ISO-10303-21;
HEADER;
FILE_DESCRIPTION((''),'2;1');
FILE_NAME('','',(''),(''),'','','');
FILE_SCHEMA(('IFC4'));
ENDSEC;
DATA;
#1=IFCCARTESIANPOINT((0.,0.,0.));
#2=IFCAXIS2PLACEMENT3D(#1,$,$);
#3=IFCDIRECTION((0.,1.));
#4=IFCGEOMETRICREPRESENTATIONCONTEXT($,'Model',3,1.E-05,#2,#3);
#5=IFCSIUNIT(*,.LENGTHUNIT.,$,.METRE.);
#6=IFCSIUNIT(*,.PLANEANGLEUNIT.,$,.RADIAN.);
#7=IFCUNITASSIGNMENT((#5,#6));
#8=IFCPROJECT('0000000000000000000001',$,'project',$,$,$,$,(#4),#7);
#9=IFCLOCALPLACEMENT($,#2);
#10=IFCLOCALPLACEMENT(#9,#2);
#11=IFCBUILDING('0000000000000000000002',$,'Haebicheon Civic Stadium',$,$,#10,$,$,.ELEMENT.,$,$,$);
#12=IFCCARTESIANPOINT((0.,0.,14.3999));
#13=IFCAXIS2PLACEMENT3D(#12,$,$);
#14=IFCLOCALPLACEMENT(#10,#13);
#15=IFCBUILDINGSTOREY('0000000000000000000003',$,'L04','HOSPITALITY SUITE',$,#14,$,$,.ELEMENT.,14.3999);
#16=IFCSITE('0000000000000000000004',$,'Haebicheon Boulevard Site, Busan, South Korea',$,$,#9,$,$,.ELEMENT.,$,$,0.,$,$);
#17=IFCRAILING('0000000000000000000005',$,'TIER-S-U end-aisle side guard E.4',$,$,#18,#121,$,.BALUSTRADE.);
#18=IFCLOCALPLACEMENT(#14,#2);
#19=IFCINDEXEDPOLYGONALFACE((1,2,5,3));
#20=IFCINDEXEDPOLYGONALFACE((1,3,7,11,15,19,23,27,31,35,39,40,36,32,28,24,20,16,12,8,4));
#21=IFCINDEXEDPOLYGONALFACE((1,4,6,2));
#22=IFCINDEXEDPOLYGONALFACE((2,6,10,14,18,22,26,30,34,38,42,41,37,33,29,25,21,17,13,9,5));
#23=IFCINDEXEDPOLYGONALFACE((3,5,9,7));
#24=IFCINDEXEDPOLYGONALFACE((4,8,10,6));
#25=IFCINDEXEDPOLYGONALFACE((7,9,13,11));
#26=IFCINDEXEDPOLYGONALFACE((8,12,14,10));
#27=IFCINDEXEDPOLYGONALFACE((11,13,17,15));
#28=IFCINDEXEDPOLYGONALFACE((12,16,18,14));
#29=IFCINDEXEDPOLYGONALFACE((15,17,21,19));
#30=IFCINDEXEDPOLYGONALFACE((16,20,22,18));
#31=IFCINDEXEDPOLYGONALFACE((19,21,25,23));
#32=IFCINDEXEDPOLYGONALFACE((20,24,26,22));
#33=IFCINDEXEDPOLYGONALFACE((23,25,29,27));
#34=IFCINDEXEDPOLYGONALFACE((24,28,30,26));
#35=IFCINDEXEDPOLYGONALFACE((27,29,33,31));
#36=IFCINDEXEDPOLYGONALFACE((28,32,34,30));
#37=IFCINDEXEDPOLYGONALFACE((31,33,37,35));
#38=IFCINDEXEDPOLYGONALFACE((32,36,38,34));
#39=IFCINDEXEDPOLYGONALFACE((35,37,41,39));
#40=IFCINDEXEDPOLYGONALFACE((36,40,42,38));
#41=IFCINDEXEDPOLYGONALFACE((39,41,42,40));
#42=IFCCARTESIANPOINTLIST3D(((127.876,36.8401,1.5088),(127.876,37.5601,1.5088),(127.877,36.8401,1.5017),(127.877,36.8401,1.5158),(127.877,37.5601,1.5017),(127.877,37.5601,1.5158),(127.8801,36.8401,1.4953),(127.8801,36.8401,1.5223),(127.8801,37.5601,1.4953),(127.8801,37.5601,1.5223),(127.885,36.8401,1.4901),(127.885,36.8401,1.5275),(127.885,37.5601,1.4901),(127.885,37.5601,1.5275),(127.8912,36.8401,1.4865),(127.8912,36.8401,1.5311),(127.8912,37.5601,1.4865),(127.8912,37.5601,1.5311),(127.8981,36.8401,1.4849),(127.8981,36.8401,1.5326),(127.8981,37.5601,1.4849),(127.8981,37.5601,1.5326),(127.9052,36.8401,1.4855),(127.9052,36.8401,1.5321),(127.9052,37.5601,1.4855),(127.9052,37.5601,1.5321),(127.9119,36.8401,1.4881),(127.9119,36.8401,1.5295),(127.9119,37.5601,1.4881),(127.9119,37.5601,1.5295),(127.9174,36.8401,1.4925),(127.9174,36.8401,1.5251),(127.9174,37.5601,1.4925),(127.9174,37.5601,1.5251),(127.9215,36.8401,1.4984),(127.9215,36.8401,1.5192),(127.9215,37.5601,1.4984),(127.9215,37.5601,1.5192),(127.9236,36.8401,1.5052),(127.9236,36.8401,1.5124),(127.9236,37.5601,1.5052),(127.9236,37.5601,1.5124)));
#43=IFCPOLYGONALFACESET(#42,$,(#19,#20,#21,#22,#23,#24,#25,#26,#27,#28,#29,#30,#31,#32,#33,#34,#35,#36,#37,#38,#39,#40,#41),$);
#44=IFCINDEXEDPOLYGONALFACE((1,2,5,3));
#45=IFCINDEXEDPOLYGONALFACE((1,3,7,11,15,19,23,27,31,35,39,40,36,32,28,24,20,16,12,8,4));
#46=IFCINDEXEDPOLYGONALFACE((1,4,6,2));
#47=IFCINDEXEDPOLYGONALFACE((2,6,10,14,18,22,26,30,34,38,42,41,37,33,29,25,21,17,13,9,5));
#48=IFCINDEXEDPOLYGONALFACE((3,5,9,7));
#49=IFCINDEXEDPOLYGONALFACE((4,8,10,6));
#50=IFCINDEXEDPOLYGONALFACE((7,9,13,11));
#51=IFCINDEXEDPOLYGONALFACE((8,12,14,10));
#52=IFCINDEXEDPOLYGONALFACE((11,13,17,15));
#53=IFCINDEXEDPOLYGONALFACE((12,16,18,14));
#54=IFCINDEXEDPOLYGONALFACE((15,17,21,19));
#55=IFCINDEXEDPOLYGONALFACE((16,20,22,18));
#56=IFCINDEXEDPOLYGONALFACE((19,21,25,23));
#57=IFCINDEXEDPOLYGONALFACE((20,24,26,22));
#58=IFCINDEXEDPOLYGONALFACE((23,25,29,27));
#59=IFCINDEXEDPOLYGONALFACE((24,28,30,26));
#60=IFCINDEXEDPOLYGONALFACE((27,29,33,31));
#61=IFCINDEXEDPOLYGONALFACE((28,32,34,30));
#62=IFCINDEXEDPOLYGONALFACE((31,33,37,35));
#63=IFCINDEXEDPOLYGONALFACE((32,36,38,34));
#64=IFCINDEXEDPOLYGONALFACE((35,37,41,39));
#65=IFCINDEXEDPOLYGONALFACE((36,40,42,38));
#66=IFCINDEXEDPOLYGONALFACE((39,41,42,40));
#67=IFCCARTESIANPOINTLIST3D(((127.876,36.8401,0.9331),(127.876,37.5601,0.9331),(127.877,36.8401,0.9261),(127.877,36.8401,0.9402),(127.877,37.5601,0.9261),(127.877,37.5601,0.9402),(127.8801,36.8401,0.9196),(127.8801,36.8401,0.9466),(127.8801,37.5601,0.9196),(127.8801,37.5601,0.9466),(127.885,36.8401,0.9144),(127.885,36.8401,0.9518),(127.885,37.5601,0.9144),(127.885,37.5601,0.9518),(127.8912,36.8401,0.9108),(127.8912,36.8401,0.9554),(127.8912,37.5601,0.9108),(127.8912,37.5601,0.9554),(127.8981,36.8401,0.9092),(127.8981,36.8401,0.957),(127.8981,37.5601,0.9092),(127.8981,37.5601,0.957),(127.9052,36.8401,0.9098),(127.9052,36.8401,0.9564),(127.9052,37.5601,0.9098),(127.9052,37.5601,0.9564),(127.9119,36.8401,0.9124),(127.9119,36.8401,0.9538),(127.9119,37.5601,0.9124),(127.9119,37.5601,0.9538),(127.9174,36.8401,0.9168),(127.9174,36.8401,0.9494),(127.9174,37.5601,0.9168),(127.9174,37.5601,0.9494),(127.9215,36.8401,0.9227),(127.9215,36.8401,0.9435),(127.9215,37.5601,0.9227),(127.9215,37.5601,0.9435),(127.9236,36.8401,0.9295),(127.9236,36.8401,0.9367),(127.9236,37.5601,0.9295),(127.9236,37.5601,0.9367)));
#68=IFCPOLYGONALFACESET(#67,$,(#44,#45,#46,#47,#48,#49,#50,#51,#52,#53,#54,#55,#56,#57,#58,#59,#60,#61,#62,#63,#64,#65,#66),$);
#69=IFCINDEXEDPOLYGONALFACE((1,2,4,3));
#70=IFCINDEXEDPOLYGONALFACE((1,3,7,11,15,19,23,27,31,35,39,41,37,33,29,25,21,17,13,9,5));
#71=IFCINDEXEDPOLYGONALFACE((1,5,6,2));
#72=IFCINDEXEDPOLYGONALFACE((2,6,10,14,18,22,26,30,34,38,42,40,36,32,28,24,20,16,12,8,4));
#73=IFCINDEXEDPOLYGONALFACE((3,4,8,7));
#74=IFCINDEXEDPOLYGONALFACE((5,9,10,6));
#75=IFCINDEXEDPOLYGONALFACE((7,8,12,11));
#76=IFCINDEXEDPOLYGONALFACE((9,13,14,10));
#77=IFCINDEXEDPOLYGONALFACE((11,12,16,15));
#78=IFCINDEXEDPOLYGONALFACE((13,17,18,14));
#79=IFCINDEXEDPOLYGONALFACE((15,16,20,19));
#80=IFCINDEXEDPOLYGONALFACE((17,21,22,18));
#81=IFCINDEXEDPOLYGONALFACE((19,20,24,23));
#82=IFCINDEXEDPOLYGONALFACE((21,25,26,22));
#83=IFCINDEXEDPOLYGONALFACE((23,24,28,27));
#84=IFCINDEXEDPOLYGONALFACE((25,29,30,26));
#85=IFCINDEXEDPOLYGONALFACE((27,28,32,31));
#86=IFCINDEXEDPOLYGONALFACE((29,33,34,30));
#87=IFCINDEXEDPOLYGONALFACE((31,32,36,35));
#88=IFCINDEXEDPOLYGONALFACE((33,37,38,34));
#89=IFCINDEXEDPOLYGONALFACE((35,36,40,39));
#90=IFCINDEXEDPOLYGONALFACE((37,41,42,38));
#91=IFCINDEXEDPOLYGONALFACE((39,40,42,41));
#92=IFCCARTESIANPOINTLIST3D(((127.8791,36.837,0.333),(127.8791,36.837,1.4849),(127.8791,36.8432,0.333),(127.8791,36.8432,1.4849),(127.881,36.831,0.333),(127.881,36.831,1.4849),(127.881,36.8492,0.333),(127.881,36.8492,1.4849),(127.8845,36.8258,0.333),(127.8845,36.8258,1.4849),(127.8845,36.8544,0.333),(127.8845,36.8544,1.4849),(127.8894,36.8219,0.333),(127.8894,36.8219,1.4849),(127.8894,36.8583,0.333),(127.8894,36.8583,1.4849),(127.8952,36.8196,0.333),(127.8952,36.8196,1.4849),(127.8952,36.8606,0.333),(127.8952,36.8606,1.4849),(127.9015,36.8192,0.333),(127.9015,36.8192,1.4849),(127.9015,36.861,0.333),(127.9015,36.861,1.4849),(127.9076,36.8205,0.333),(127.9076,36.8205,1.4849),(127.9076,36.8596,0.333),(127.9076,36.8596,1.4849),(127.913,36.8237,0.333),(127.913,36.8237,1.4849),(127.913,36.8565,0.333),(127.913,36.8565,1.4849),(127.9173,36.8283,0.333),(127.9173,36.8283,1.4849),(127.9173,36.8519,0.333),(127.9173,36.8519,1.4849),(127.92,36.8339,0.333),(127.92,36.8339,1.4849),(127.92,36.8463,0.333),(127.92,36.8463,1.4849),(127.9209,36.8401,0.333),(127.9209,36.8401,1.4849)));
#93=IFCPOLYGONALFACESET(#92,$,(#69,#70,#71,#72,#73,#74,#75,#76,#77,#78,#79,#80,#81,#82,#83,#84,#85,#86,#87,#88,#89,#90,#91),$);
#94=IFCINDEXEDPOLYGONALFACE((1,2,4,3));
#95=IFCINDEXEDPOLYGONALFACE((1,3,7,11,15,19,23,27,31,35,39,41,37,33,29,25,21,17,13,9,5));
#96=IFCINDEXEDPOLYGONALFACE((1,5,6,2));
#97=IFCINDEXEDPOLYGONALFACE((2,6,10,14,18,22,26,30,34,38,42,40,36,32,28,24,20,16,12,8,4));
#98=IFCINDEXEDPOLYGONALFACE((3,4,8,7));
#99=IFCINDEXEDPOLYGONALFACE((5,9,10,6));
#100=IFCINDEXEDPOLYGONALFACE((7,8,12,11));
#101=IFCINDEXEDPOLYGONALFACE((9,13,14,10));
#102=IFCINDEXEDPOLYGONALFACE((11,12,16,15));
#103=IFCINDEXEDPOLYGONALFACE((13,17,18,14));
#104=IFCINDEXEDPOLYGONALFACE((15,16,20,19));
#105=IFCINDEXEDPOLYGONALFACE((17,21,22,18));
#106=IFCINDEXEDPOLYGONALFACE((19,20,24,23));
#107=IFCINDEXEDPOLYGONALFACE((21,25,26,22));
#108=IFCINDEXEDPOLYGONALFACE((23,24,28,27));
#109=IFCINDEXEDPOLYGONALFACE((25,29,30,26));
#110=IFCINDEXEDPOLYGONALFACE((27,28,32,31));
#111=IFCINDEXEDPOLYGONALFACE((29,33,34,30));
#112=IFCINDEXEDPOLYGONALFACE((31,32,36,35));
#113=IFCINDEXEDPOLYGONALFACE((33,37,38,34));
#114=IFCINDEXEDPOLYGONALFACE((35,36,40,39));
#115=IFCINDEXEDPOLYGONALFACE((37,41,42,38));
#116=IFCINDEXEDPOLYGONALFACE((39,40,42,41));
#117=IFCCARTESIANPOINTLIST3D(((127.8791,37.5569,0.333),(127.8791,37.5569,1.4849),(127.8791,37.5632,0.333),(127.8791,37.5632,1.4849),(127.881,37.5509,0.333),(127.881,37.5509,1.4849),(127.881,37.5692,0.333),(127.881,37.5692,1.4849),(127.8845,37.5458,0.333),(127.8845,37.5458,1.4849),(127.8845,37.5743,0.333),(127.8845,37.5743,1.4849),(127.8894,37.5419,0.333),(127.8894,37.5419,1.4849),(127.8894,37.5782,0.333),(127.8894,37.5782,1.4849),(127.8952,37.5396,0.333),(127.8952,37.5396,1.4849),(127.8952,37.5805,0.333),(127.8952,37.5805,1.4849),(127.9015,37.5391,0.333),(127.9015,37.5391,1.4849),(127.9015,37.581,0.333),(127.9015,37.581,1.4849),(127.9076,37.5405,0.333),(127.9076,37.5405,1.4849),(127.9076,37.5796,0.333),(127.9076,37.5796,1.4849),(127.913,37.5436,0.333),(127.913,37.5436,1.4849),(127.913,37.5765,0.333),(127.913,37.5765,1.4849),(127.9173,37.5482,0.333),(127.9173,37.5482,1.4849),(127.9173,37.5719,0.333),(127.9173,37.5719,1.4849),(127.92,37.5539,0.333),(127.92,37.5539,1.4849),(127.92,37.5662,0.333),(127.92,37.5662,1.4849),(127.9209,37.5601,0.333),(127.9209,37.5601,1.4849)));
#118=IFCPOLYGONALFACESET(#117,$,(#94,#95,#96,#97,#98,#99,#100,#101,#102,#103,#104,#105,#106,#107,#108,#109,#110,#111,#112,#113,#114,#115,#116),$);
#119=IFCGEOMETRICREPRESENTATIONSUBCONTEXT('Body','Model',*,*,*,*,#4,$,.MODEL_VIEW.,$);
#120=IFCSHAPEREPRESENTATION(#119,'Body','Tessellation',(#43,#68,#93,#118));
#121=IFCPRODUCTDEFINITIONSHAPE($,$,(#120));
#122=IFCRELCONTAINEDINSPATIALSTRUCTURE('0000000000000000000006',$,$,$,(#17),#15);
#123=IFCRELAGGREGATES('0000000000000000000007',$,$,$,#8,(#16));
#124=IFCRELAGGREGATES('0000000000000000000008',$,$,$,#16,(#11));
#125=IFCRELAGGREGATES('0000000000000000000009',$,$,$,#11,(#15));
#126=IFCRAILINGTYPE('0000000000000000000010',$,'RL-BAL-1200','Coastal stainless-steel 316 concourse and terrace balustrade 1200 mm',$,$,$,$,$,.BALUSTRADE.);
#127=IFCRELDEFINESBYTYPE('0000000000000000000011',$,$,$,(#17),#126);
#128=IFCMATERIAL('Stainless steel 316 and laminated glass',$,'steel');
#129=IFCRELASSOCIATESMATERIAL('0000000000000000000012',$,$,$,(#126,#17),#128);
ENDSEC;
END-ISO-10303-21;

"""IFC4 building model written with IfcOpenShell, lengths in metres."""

from ifc_helpers import new_model, si_unit, direction, frame, origin, origin_2d, place, context, subcontext, project, spatial, circle, extrude, material, type_object, element, save


model = new_model("IFC4")

# Units and contexts
model_context = context("Model", 3, precision=1e-05, world=origin(), true_north=direction((0.0, 1.0)))
body_context = subcontext(model_context, "Body", "Model", "MODEL_VIEW")
ifc_project = project(units=[si_unit("LENGTHUNIT", "METRE"), si_unit("PLANEANGLEUNIT", "RADIAN")], contexts=[model_context])

# Site, building, storey
site_placement = place(None, origin())
site = spatial("IfcSite", under=ifc_project, at=site_placement, Name="Haebicheon Boulevard Site, Busan, South Korea", CompositionType="ELEMENT", RefElevation=0.0)
building_placement = place(site_placement, origin())
building = spatial("IfcBuilding", under=site, at=building_placement, Name="Haebicheon Civic Stadium", CompositionType="ELEMENT")
storey_placement = place(building_placement, frame((0.0, 0.0, 14.3999)))
storey = spatial("IfcBuildingStorey", under=building, at=storey_placement, Name="L04", Description="HOSPITALITY SUITE", CompositionType="ELEMENT", Elevation=14.3999)

# Railing
ifc_material_1 = material(Name="Stainless steel 316 and laminated glass", Category="steel")
railing_type = type_object("IfcRailingType", Name="RL-BAL-1200", Description="Coastal stainless-steel 316 concourse and terrace balustrade 1200 mm", PredefinedType="BALUSTRADE", material=ifc_material_1)
for number, where, name in (
    (1, (127.8999, 36.8401, 0.333), "TIER-S-U end-aisle side guard E.4"),
):
    element("IfcRailing", number, at=place(storey_placement, frame(where)), inside=storey, type_object=railing_type, material=ifc_material_1, Name=name, PredefinedType="BALUSTRADE", context=body_context, shape_type="SweptSolid", body=[
        extrude(circle(Radius=0.0239, at=origin_2d()), frame((0.0, 0.0, 1.1758), z_axis=(0.0, 1.0, 0.0), x_axis=(-1.0, 0.0, 0.0)), (0.0, 0.0, 1.0), 0.72),
        extrude(circle(Radius=0.0239, at=origin_2d()), frame((0.0, 0.0, 0.6001), z_axis=(0.0, 1.0, 0.0), x_axis=(-1.0, 0.0, 0.0)), (0.0, 0.0, 1.0), 0.72),
        extrude(circle(Radius=0.021, at=origin_2d()), origin(), (0.0, 0.0, 1.0), 1.1519),
        extrude(circle(Radius=0.021, at=origin_2d()), frame((0.0, 0.72, 0.0)), (0.0, 0.0, 1.0), 1.1519),
    ])

save(model, "model.ifc")
